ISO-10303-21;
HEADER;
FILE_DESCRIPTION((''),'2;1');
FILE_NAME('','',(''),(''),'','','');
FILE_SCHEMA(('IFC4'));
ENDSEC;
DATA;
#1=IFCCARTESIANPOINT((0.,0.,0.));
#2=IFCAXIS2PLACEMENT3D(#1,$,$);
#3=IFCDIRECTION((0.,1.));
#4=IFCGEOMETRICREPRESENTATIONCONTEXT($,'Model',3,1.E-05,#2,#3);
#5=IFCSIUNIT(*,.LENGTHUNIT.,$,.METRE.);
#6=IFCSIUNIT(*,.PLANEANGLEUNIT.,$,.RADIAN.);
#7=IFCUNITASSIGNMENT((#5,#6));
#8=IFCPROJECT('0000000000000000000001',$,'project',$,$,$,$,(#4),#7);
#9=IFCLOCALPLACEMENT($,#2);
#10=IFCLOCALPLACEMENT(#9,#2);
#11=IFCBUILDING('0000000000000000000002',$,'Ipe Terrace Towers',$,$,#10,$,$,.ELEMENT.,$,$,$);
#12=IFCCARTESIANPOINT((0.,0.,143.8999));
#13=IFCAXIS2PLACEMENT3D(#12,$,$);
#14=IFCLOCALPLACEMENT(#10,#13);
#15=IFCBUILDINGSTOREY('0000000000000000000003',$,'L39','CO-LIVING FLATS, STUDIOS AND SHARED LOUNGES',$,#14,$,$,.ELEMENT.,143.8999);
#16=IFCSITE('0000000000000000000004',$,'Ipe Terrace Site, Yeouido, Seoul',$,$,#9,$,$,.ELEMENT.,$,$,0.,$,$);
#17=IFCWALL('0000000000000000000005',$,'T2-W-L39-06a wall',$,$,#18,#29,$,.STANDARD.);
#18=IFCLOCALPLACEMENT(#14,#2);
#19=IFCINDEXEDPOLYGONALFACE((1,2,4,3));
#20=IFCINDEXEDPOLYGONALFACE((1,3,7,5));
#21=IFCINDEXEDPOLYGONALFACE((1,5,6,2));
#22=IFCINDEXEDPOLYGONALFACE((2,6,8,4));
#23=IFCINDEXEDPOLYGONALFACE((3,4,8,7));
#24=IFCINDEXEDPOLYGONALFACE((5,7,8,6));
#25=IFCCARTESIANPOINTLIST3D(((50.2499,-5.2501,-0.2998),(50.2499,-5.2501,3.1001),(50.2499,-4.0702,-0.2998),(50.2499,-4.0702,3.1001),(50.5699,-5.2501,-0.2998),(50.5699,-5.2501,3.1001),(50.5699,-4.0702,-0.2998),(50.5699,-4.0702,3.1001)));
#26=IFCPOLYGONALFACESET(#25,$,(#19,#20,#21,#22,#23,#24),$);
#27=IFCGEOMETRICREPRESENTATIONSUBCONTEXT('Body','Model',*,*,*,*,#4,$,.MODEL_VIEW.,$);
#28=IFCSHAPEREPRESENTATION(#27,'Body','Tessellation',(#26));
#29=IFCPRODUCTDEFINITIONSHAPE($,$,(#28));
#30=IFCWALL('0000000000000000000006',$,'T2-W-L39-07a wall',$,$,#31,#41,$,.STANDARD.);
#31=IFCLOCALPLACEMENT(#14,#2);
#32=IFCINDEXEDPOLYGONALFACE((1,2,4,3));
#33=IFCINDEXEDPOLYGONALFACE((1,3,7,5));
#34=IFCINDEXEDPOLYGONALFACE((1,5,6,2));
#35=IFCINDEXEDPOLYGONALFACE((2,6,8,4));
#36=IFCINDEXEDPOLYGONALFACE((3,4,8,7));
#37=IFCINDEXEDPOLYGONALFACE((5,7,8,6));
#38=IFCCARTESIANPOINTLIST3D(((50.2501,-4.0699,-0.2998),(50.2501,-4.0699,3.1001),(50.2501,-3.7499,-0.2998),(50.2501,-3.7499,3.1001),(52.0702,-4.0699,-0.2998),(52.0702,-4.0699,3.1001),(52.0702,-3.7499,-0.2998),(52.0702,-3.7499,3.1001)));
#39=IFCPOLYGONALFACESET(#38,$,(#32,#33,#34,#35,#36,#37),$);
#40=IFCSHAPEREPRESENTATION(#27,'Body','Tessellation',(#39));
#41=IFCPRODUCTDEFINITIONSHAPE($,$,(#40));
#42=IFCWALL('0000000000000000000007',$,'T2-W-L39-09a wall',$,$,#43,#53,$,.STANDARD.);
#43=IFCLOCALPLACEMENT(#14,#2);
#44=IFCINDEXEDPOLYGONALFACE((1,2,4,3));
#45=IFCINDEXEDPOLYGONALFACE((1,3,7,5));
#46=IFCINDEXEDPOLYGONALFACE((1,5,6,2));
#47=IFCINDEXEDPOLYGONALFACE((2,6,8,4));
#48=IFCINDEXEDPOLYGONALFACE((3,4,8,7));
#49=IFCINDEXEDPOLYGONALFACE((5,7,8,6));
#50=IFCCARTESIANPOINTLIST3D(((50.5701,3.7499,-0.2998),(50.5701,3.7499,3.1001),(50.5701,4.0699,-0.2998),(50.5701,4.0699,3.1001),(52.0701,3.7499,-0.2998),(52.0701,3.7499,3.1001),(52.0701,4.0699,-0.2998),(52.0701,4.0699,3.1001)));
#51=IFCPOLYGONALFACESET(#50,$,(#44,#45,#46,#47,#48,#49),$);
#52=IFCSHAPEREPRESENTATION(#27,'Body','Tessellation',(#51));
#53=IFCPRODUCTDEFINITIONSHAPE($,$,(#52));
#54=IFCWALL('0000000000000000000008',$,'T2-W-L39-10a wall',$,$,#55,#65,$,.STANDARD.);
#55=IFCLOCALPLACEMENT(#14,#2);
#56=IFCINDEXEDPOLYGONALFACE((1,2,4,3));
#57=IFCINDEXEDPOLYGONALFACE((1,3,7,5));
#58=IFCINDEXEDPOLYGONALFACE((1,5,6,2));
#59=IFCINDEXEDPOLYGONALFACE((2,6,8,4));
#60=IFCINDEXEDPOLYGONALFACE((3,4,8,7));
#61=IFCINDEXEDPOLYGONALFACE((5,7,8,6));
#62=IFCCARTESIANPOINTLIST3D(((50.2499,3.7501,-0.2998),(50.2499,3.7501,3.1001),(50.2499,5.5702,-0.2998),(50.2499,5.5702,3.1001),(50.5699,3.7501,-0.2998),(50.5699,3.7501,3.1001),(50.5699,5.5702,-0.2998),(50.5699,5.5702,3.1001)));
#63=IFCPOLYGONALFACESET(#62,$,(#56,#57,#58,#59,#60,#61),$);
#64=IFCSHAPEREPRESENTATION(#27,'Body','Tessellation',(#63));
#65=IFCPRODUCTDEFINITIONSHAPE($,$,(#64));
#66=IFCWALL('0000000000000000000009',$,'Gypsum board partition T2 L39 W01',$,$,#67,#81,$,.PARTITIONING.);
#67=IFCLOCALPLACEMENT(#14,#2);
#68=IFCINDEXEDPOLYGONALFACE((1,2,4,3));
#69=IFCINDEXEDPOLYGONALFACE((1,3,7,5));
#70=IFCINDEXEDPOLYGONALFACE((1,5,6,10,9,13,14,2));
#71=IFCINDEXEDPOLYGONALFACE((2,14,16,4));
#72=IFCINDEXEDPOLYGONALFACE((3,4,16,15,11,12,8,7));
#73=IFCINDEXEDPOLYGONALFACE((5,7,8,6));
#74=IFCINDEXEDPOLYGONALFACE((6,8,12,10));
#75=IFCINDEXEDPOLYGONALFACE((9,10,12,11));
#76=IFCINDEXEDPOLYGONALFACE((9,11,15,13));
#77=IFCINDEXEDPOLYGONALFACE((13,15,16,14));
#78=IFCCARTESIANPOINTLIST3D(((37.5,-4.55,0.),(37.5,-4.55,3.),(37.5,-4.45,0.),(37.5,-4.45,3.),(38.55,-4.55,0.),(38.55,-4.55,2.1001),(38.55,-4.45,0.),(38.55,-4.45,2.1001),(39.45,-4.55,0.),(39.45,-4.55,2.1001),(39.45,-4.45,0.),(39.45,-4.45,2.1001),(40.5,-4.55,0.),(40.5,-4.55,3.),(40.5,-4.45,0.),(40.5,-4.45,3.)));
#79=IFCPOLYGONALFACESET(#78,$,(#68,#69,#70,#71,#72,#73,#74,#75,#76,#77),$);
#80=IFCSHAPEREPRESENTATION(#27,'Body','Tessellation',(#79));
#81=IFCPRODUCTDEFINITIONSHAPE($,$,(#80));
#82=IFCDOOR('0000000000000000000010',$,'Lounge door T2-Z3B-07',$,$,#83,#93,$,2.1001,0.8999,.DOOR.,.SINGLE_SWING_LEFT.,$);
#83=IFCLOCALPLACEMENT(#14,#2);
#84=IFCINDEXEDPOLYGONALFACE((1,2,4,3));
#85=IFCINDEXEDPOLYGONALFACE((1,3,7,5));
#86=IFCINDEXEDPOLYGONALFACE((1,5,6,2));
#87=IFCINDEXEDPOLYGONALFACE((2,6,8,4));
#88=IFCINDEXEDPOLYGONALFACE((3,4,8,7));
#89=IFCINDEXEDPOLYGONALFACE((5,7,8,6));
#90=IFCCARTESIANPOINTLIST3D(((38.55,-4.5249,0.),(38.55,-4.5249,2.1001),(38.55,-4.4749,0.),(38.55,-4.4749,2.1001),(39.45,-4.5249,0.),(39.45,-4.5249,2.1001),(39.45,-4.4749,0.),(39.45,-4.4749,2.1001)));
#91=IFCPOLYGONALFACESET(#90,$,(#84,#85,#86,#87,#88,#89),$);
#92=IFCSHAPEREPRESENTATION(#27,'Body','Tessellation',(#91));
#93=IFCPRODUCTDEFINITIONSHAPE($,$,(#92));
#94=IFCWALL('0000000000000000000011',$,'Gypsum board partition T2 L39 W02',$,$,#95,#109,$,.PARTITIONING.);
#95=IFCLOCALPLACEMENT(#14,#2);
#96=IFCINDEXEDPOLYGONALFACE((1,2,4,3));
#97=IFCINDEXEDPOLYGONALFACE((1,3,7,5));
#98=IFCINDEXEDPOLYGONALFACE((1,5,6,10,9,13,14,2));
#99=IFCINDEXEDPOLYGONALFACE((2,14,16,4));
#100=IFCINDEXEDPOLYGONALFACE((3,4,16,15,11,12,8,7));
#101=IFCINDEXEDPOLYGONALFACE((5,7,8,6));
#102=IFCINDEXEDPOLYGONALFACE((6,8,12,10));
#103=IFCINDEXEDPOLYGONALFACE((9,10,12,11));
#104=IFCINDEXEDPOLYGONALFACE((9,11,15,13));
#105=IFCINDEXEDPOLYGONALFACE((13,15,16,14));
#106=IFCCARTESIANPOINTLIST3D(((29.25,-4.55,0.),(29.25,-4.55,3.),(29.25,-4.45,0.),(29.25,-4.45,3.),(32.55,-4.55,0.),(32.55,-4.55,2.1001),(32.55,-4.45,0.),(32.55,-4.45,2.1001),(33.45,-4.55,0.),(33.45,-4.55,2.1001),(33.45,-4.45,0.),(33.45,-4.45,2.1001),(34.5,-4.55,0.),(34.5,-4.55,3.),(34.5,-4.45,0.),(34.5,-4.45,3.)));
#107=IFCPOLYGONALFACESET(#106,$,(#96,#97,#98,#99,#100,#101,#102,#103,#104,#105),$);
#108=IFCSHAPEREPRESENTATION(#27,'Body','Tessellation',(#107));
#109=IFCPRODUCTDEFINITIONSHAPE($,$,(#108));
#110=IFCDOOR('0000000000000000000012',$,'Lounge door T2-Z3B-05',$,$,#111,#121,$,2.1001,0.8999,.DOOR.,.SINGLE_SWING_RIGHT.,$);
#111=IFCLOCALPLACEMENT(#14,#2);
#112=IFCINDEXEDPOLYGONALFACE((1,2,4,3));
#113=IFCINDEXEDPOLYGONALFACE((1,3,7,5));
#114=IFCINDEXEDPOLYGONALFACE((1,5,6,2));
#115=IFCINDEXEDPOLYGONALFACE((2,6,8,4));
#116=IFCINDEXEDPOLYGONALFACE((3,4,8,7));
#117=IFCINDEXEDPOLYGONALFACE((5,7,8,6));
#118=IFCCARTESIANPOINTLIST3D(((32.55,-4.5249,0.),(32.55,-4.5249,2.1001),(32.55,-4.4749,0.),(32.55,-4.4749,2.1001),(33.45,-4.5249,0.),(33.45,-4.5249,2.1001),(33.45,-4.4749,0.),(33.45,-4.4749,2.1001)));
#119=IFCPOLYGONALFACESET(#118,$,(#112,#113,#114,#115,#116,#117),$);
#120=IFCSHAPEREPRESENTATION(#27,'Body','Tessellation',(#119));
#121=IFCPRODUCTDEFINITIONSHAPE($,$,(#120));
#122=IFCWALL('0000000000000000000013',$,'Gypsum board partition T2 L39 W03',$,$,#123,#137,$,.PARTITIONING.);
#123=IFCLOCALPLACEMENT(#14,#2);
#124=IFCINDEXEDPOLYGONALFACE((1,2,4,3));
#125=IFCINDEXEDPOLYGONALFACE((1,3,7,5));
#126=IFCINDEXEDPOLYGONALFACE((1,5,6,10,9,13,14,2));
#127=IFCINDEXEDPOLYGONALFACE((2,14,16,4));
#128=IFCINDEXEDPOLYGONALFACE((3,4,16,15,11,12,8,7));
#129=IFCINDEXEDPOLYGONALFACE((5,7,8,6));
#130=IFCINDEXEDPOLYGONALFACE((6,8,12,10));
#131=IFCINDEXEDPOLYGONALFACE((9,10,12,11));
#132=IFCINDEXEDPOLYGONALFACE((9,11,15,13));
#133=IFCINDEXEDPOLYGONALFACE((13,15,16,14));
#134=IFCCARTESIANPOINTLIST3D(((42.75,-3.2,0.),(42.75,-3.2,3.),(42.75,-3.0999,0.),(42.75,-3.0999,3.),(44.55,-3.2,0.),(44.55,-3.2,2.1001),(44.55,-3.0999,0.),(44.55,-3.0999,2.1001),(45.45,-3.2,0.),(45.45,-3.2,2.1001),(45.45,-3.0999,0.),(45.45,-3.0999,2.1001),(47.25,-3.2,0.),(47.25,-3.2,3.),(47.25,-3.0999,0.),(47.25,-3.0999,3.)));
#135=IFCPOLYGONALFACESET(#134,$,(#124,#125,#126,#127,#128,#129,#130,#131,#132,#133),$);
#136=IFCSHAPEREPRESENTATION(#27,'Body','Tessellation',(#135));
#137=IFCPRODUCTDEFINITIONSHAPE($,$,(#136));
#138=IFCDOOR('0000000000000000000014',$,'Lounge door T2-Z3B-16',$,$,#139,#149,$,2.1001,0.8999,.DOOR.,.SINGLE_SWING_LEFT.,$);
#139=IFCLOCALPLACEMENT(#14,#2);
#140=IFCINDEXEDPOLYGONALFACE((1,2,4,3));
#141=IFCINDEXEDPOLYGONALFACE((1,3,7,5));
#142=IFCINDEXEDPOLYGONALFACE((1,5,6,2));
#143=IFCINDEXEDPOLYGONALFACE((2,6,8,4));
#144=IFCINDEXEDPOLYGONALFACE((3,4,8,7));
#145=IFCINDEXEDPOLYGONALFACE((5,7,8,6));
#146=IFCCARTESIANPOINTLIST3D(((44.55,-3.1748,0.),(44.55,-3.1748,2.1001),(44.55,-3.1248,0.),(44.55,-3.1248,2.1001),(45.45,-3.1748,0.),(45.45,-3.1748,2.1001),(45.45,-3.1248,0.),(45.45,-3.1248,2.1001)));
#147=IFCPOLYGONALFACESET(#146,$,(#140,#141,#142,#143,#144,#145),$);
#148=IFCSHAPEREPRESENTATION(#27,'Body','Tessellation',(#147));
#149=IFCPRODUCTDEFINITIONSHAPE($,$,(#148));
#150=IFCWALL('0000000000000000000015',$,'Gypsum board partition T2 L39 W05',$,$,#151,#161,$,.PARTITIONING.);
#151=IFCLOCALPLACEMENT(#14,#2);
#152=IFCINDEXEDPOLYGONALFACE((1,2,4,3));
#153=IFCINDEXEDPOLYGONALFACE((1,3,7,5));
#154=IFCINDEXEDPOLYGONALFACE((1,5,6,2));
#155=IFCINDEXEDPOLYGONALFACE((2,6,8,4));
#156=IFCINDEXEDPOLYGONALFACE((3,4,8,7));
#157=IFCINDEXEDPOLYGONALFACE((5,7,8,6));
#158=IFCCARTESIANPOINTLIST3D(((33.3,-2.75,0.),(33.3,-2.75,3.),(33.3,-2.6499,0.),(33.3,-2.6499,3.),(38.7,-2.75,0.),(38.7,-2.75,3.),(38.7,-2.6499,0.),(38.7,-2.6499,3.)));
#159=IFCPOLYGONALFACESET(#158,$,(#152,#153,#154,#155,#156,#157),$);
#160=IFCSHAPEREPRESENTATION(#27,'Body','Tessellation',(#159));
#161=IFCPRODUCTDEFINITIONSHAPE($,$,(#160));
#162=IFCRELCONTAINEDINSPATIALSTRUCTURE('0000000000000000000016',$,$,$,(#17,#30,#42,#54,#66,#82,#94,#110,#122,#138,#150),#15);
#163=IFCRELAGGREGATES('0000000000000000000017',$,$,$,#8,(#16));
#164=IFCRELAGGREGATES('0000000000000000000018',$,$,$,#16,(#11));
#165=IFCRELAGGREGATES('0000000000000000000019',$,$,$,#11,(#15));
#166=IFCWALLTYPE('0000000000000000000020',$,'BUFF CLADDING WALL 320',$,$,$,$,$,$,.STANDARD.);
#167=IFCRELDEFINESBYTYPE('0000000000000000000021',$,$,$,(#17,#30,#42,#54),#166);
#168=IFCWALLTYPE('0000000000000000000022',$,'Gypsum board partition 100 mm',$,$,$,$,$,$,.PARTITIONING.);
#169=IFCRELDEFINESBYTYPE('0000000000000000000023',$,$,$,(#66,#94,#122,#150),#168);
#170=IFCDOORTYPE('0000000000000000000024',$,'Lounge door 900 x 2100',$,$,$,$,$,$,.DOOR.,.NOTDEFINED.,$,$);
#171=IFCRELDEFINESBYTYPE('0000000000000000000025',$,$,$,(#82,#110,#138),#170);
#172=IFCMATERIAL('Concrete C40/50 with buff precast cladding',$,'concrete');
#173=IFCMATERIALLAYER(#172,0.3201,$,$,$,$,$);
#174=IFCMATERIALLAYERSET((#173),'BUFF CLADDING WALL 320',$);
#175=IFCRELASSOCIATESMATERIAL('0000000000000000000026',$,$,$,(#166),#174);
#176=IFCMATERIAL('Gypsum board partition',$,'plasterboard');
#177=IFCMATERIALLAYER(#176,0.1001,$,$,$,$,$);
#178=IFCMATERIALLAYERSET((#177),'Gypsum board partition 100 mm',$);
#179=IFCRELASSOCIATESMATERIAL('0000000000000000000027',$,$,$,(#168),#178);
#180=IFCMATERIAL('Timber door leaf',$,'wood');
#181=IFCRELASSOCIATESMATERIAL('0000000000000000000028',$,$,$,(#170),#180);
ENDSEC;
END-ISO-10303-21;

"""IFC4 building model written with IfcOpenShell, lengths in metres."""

from ifc_helpers import new_model, si_unit, direction, frame, frame_2d, origin, place, context, subcontext, project, spatial, rectangle, extrude, material, layer, layer_set, type_object, element, fill, save


model = new_model("IFC4")

# Units and contexts
model_context = context("Model", 3, precision=1e-05, world=origin(), true_north=direction((0.0, 1.0)))
body_context = subcontext(model_context, "Body", "Model", "MODEL_VIEW")
ifc_project = project(units=[si_unit("LENGTHUNIT", "METRE"), si_unit("PLANEANGLEUNIT", "RADIAN")], contexts=[model_context])

# Site, building, storey
site_placement = place(None, origin())
site = spatial("IfcSite", under=ifc_project, at=site_placement, Name="Ipe Terrace Site, Yeouido, Seoul", CompositionType="ELEMENT", RefElevation=0.0)
building_placement = place(site_placement, origin())
building = spatial("IfcBuilding", under=site, at=building_placement, Name="Ipe Terrace Towers", CompositionType="ELEMENT")
storey_placement = place(building_placement, frame((0.0, 0.0, 143.8999)))
storey = spatial("IfcBuildingStorey", under=building, at=storey_placement, Name="L39", Description="CO-LIVING FLATS, STUDIOS AND SHARED LOUNGES", CompositionType="ELEMENT", Elevation=143.8999)

# Walls
ifc_material_1 = material(Name="Concrete C40/50 with buff precast cladding", Category="concrete")
ifc_layer_1 = layer(ifc_material_1, 0.3201)
ifc_layer_set_1 = layer_set([ifc_layer_1], Name="BUFF CLADDING WALL 320")
wall_type_1 = type_object("IfcWallType", Name="BUFF CLADDING WALL 320", PredefinedType="STANDARD", material=ifc_layer_set_1)
wall_1_placement = place(storey_placement, frame((50.4099, -5.25, -0.2998), z_axis=(0.0, 0.0, 1.0), x_axis=(0.0, 1.0, 0.0)))
element("IfcWall", 1, at=wall_1_placement, inside=storey, type_object=wall_type_1, Name="T2-W-L39-06a wall", PredefinedType="STANDARD", context=body_context, shape_type="SweptSolid", body=[
    extrude(rectangle(XDim=1.1799, YDim=0.3201, at=frame_2d((0.5898, 0.0))), origin(), (0.0, 0.0, 1.0), 3.3999),
])
wall_2_placement = place(storey_placement, frame((50.25, -3.9099, -0.2998), z_axis=(0.0, 0.0, 1.0), x_axis=(1.0, 0.0, 0.0)))
element("IfcWall", 2, at=wall_2_placement, inside=storey, type_object=wall_type_1, Name="T2-W-L39-07a wall", PredefinedType="STANDARD", context=body_context, shape_type="SweptSolid", body=[
    extrude(rectangle(XDim=1.8201, YDim=0.3201, at=frame_2d((0.9102, 0.0))), origin(), (0.0, 0.0, 1.0), 3.3999),
])
wall_3_placement = place(storey_placement, frame((52.0701, 3.9099, -0.2998), z_axis=(0.0, 0.0, 1.0), x_axis=(-1.0, 0.0, 0.0)))
element("IfcWall", 3, at=wall_3_placement, inside=storey, type_object=wall_type_1, Name="T2-W-L39-09a wall", PredefinedType="STANDARD", context=body_context, shape_type="SweptSolid", body=[
    extrude(rectangle(XDim=1.5, YDim=0.3201, at=frame_2d((0.75, 0.0))), origin(), (0.0, 0.0, 1.0), 3.3999),
])
wall_4_placement = place(storey_placement, frame((50.4099, 3.75, -0.2998), z_axis=(0.0, 0.0, 1.0), x_axis=(0.0, 1.0, 0.0)))
element("IfcWall", 4, at=wall_4_placement, inside=storey, type_object=wall_type_1, Name="T2-W-L39-10a wall", PredefinedType="STANDARD", context=body_context, shape_type="SweptSolid", body=[
    extrude(rectangle(XDim=1.8201, YDim=0.3201, at=frame_2d((0.9102, 0.0))), origin(), (0.0, 0.0, 1.0), 3.3999),
])

# Walls, openings, doors
ifc_material_2 = material(Name="Gypsum board partition", Category="plasterboard")
ifc_layer_2 = layer(ifc_material_2, 0.1001)
ifc_layer_set_2 = layer_set([ifc_layer_2], Name="Gypsum board partition 100 mm")
wall_type_2 = type_object("IfcWallType", Name="Gypsum board partition 100 mm", PredefinedType="PARTITIONING", material=ifc_layer_set_2)
wall_5_placement = place(storey_placement, frame((40.5, -4.5, 0.0), z_axis=(0.0, 0.0, 1.0), x_axis=(-1.0, 0.0, 0.0)))
wall_5 = element("IfcWall", 5, at=wall_5_placement, inside=storey, type_object=wall_type_2, Name="Gypsum board partition T2 L39 W01", PredefinedType="PARTITIONING", context=body_context, shape_type="SweptSolid", body=[
    extrude(rectangle(XDim=3.0, YDim=0.1001, at=frame_2d((1.5, 0.0))), origin(), (0.0, 0.0, 1.0), 3.0),
])
opening_1_placement = place(wall_5_placement, frame((1.05, 0.0, 0.0)))
opening_1 = element("IfcOpeningElement", 6, at=opening_1_placement, cuts=wall_5, PredefinedType="OPENING", context=body_context, shape_type="SweptSolid", body=[
    extrude(rectangle(XDim=0.8999, YDim=2.1001, at=frame_2d((0.45, 1.05))), frame((0.0, 0.0601, 0.0), z_axis=(0.0, -1.0, 0.0), x_axis=(1.0, 0.0, 0.0)), (0.0, 0.0, 1.0), 0.1201),
])
ifc_material_3 = material(Name="Timber door leaf", Category="wood")
door_type = type_object("IfcDoorType", Name="Lounge door 900 x 2100", OperationType="NOTDEFINED", PredefinedType="DOOR", material=ifc_material_3)
door_1_placement = place(opening_1_placement, origin())
door_1 = element("IfcDoor", 7, at=door_1_placement, inside=storey, type_object=door_type, Name="Lounge door T2-Z3B-07", OperationType="SINGLE_SWING_LEFT", OverallHeight=2.1001, OverallWidth=0.8999, PredefinedType="DOOR", context=body_context, shape_type="SweptSolid", body=[
    extrude(rectangle(XDim=0.8999, YDim=2.1001, at=frame_2d((0.45, 1.05))), frame((0.0, 0.0249, 0.0), z_axis=(0.0, -1.0, 0.0), x_axis=(1.0, 0.0, 0.0)), (0.0, 0.0, 1.0), 0.05),
])
fill(opening_1, door_1)
wall_6_placement = place(storey_placement, frame((34.5, -4.5, 0.0), z_axis=(0.0, 0.0, 1.0), x_axis=(-1.0, 0.0, 0.0)))
wall_6 = element("IfcWall", 8, at=wall_6_placement, inside=storey, type_object=wall_type_2, Name="Gypsum board partition T2 L39 W02", PredefinedType="PARTITIONING", context=body_context, shape_type="SweptSolid", body=[
    extrude(rectangle(XDim=5.25, YDim=0.1001, at=frame_2d((2.625, 0.0))), origin(), (0.0, 0.0, 1.0), 3.0),
])
opening_2_placement = place(wall_6_placement, frame((1.05, 0.0, 0.0)))
opening_2 = element("IfcOpeningElement", 9, at=opening_2_placement, cuts=wall_6, PredefinedType="OPENING", context=body_context, shape_type="SweptSolid", body=[
    extrude(rectangle(XDim=0.8999, YDim=2.1001, at=frame_2d((0.45, 1.05))), frame((0.0, 0.0601, 0.0), z_axis=(0.0, -1.0, 0.0), x_axis=(1.0, 0.0, 0.0)), (0.0, 0.0, 1.0), 0.1201),
])
door_2_placement = place(opening_2_placement, origin())
door_2 = element("IfcDoor", 10, at=door_2_placement, inside=storey, type_object=door_type, Name="Lounge door T2-Z3B-05", OperationType="SINGLE_SWING_RIGHT", OverallHeight=2.1001, OverallWidth=0.8999, PredefinedType="DOOR", context=body_context, shape_type="SweptSolid", body=[
    extrude(rectangle(XDim=0.8999, YDim=2.1001, at=frame_2d((0.45, 1.05))), frame((0.0, 0.0249, 0.0), z_axis=(0.0, -1.0, 0.0), x_axis=(1.0, 0.0, 0.0)), (0.0, 0.0, 1.0), 0.05),
])
fill(opening_2, door_2)
wall_7_placement = place(storey_placement, frame((47.25, -3.1499, 0.0), z_axis=(0.0, 0.0, 1.0), x_axis=(-1.0, 0.0, 0.0)))
wall_7 = element("IfcWall", 11, at=wall_7_placement, inside=storey, type_object=wall_type_2, Name="Gypsum board partition T2 L39 W03", PredefinedType="PARTITIONING", context=body_context, shape_type="SweptSolid", body=[
    extrude(rectangle(XDim=4.5, YDim=0.1001, at=frame_2d((2.25, 0.0))), origin(), (0.0, 0.0, 1.0), 3.0),
])
opening_3_placement = place(wall_7_placement, frame((1.8, 0.0, 0.0)))
opening_3 = element("IfcOpeningElement", 12, at=opening_3_placement, cuts=wall_7, PredefinedType="OPENING", context=body_context, shape_type="SweptSolid", body=[
    extrude(rectangle(XDim=0.8999, YDim=2.1001, at=frame_2d((0.45, 1.05))), frame((0.0, 0.0601, 0.0), z_axis=(0.0, -1.0, 0.0), x_axis=(1.0, 0.0, 0.0)), (0.0, 0.0, 1.0), 0.1201),
])
door_3_placement = place(opening_3_placement, origin())
door_3 = element("IfcDoor", 13, at=door_3_placement, inside=storey, type_object=door_type, Name="Lounge door T2-Z3B-16", OperationType="SINGLE_SWING_LEFT", OverallHeight=2.1001, OverallWidth=0.8999, PredefinedType="DOOR", context=body_context, shape_type="SweptSolid", body=[
    extrude(rectangle(XDim=0.8999, YDim=2.1001, at=frame_2d((0.45, 1.05))), frame((0.0, 0.0249, 0.0), z_axis=(0.0, -1.0, 0.0), x_axis=(1.0, 0.0, 0.0)), (0.0, 0.0, 1.0), 0.05),
])
fill(opening_3, door_3)

# Wall
wall_8_placement = place(storey_placement, frame((38.7, -2.7, 0.0), z_axis=(0.0, 0.0, 1.0), x_axis=(-1.0, 0.0, 0.0)))
element("IfcWall", 14, at=wall_8_placement, inside=storey, type_object=wall_type_2, Name="Gypsum board partition T2 L39 W05", PredefinedType="PARTITIONING", context=body_context, shape_type="SweptSolid", body=[
    extrude(rectangle(XDim=5.3999, YDim=0.1001, at=frame_2d((2.7, 0.0))), origin(), (0.0, 0.0, 1.0), 3.0),
])

save(model, "model.ifc")
